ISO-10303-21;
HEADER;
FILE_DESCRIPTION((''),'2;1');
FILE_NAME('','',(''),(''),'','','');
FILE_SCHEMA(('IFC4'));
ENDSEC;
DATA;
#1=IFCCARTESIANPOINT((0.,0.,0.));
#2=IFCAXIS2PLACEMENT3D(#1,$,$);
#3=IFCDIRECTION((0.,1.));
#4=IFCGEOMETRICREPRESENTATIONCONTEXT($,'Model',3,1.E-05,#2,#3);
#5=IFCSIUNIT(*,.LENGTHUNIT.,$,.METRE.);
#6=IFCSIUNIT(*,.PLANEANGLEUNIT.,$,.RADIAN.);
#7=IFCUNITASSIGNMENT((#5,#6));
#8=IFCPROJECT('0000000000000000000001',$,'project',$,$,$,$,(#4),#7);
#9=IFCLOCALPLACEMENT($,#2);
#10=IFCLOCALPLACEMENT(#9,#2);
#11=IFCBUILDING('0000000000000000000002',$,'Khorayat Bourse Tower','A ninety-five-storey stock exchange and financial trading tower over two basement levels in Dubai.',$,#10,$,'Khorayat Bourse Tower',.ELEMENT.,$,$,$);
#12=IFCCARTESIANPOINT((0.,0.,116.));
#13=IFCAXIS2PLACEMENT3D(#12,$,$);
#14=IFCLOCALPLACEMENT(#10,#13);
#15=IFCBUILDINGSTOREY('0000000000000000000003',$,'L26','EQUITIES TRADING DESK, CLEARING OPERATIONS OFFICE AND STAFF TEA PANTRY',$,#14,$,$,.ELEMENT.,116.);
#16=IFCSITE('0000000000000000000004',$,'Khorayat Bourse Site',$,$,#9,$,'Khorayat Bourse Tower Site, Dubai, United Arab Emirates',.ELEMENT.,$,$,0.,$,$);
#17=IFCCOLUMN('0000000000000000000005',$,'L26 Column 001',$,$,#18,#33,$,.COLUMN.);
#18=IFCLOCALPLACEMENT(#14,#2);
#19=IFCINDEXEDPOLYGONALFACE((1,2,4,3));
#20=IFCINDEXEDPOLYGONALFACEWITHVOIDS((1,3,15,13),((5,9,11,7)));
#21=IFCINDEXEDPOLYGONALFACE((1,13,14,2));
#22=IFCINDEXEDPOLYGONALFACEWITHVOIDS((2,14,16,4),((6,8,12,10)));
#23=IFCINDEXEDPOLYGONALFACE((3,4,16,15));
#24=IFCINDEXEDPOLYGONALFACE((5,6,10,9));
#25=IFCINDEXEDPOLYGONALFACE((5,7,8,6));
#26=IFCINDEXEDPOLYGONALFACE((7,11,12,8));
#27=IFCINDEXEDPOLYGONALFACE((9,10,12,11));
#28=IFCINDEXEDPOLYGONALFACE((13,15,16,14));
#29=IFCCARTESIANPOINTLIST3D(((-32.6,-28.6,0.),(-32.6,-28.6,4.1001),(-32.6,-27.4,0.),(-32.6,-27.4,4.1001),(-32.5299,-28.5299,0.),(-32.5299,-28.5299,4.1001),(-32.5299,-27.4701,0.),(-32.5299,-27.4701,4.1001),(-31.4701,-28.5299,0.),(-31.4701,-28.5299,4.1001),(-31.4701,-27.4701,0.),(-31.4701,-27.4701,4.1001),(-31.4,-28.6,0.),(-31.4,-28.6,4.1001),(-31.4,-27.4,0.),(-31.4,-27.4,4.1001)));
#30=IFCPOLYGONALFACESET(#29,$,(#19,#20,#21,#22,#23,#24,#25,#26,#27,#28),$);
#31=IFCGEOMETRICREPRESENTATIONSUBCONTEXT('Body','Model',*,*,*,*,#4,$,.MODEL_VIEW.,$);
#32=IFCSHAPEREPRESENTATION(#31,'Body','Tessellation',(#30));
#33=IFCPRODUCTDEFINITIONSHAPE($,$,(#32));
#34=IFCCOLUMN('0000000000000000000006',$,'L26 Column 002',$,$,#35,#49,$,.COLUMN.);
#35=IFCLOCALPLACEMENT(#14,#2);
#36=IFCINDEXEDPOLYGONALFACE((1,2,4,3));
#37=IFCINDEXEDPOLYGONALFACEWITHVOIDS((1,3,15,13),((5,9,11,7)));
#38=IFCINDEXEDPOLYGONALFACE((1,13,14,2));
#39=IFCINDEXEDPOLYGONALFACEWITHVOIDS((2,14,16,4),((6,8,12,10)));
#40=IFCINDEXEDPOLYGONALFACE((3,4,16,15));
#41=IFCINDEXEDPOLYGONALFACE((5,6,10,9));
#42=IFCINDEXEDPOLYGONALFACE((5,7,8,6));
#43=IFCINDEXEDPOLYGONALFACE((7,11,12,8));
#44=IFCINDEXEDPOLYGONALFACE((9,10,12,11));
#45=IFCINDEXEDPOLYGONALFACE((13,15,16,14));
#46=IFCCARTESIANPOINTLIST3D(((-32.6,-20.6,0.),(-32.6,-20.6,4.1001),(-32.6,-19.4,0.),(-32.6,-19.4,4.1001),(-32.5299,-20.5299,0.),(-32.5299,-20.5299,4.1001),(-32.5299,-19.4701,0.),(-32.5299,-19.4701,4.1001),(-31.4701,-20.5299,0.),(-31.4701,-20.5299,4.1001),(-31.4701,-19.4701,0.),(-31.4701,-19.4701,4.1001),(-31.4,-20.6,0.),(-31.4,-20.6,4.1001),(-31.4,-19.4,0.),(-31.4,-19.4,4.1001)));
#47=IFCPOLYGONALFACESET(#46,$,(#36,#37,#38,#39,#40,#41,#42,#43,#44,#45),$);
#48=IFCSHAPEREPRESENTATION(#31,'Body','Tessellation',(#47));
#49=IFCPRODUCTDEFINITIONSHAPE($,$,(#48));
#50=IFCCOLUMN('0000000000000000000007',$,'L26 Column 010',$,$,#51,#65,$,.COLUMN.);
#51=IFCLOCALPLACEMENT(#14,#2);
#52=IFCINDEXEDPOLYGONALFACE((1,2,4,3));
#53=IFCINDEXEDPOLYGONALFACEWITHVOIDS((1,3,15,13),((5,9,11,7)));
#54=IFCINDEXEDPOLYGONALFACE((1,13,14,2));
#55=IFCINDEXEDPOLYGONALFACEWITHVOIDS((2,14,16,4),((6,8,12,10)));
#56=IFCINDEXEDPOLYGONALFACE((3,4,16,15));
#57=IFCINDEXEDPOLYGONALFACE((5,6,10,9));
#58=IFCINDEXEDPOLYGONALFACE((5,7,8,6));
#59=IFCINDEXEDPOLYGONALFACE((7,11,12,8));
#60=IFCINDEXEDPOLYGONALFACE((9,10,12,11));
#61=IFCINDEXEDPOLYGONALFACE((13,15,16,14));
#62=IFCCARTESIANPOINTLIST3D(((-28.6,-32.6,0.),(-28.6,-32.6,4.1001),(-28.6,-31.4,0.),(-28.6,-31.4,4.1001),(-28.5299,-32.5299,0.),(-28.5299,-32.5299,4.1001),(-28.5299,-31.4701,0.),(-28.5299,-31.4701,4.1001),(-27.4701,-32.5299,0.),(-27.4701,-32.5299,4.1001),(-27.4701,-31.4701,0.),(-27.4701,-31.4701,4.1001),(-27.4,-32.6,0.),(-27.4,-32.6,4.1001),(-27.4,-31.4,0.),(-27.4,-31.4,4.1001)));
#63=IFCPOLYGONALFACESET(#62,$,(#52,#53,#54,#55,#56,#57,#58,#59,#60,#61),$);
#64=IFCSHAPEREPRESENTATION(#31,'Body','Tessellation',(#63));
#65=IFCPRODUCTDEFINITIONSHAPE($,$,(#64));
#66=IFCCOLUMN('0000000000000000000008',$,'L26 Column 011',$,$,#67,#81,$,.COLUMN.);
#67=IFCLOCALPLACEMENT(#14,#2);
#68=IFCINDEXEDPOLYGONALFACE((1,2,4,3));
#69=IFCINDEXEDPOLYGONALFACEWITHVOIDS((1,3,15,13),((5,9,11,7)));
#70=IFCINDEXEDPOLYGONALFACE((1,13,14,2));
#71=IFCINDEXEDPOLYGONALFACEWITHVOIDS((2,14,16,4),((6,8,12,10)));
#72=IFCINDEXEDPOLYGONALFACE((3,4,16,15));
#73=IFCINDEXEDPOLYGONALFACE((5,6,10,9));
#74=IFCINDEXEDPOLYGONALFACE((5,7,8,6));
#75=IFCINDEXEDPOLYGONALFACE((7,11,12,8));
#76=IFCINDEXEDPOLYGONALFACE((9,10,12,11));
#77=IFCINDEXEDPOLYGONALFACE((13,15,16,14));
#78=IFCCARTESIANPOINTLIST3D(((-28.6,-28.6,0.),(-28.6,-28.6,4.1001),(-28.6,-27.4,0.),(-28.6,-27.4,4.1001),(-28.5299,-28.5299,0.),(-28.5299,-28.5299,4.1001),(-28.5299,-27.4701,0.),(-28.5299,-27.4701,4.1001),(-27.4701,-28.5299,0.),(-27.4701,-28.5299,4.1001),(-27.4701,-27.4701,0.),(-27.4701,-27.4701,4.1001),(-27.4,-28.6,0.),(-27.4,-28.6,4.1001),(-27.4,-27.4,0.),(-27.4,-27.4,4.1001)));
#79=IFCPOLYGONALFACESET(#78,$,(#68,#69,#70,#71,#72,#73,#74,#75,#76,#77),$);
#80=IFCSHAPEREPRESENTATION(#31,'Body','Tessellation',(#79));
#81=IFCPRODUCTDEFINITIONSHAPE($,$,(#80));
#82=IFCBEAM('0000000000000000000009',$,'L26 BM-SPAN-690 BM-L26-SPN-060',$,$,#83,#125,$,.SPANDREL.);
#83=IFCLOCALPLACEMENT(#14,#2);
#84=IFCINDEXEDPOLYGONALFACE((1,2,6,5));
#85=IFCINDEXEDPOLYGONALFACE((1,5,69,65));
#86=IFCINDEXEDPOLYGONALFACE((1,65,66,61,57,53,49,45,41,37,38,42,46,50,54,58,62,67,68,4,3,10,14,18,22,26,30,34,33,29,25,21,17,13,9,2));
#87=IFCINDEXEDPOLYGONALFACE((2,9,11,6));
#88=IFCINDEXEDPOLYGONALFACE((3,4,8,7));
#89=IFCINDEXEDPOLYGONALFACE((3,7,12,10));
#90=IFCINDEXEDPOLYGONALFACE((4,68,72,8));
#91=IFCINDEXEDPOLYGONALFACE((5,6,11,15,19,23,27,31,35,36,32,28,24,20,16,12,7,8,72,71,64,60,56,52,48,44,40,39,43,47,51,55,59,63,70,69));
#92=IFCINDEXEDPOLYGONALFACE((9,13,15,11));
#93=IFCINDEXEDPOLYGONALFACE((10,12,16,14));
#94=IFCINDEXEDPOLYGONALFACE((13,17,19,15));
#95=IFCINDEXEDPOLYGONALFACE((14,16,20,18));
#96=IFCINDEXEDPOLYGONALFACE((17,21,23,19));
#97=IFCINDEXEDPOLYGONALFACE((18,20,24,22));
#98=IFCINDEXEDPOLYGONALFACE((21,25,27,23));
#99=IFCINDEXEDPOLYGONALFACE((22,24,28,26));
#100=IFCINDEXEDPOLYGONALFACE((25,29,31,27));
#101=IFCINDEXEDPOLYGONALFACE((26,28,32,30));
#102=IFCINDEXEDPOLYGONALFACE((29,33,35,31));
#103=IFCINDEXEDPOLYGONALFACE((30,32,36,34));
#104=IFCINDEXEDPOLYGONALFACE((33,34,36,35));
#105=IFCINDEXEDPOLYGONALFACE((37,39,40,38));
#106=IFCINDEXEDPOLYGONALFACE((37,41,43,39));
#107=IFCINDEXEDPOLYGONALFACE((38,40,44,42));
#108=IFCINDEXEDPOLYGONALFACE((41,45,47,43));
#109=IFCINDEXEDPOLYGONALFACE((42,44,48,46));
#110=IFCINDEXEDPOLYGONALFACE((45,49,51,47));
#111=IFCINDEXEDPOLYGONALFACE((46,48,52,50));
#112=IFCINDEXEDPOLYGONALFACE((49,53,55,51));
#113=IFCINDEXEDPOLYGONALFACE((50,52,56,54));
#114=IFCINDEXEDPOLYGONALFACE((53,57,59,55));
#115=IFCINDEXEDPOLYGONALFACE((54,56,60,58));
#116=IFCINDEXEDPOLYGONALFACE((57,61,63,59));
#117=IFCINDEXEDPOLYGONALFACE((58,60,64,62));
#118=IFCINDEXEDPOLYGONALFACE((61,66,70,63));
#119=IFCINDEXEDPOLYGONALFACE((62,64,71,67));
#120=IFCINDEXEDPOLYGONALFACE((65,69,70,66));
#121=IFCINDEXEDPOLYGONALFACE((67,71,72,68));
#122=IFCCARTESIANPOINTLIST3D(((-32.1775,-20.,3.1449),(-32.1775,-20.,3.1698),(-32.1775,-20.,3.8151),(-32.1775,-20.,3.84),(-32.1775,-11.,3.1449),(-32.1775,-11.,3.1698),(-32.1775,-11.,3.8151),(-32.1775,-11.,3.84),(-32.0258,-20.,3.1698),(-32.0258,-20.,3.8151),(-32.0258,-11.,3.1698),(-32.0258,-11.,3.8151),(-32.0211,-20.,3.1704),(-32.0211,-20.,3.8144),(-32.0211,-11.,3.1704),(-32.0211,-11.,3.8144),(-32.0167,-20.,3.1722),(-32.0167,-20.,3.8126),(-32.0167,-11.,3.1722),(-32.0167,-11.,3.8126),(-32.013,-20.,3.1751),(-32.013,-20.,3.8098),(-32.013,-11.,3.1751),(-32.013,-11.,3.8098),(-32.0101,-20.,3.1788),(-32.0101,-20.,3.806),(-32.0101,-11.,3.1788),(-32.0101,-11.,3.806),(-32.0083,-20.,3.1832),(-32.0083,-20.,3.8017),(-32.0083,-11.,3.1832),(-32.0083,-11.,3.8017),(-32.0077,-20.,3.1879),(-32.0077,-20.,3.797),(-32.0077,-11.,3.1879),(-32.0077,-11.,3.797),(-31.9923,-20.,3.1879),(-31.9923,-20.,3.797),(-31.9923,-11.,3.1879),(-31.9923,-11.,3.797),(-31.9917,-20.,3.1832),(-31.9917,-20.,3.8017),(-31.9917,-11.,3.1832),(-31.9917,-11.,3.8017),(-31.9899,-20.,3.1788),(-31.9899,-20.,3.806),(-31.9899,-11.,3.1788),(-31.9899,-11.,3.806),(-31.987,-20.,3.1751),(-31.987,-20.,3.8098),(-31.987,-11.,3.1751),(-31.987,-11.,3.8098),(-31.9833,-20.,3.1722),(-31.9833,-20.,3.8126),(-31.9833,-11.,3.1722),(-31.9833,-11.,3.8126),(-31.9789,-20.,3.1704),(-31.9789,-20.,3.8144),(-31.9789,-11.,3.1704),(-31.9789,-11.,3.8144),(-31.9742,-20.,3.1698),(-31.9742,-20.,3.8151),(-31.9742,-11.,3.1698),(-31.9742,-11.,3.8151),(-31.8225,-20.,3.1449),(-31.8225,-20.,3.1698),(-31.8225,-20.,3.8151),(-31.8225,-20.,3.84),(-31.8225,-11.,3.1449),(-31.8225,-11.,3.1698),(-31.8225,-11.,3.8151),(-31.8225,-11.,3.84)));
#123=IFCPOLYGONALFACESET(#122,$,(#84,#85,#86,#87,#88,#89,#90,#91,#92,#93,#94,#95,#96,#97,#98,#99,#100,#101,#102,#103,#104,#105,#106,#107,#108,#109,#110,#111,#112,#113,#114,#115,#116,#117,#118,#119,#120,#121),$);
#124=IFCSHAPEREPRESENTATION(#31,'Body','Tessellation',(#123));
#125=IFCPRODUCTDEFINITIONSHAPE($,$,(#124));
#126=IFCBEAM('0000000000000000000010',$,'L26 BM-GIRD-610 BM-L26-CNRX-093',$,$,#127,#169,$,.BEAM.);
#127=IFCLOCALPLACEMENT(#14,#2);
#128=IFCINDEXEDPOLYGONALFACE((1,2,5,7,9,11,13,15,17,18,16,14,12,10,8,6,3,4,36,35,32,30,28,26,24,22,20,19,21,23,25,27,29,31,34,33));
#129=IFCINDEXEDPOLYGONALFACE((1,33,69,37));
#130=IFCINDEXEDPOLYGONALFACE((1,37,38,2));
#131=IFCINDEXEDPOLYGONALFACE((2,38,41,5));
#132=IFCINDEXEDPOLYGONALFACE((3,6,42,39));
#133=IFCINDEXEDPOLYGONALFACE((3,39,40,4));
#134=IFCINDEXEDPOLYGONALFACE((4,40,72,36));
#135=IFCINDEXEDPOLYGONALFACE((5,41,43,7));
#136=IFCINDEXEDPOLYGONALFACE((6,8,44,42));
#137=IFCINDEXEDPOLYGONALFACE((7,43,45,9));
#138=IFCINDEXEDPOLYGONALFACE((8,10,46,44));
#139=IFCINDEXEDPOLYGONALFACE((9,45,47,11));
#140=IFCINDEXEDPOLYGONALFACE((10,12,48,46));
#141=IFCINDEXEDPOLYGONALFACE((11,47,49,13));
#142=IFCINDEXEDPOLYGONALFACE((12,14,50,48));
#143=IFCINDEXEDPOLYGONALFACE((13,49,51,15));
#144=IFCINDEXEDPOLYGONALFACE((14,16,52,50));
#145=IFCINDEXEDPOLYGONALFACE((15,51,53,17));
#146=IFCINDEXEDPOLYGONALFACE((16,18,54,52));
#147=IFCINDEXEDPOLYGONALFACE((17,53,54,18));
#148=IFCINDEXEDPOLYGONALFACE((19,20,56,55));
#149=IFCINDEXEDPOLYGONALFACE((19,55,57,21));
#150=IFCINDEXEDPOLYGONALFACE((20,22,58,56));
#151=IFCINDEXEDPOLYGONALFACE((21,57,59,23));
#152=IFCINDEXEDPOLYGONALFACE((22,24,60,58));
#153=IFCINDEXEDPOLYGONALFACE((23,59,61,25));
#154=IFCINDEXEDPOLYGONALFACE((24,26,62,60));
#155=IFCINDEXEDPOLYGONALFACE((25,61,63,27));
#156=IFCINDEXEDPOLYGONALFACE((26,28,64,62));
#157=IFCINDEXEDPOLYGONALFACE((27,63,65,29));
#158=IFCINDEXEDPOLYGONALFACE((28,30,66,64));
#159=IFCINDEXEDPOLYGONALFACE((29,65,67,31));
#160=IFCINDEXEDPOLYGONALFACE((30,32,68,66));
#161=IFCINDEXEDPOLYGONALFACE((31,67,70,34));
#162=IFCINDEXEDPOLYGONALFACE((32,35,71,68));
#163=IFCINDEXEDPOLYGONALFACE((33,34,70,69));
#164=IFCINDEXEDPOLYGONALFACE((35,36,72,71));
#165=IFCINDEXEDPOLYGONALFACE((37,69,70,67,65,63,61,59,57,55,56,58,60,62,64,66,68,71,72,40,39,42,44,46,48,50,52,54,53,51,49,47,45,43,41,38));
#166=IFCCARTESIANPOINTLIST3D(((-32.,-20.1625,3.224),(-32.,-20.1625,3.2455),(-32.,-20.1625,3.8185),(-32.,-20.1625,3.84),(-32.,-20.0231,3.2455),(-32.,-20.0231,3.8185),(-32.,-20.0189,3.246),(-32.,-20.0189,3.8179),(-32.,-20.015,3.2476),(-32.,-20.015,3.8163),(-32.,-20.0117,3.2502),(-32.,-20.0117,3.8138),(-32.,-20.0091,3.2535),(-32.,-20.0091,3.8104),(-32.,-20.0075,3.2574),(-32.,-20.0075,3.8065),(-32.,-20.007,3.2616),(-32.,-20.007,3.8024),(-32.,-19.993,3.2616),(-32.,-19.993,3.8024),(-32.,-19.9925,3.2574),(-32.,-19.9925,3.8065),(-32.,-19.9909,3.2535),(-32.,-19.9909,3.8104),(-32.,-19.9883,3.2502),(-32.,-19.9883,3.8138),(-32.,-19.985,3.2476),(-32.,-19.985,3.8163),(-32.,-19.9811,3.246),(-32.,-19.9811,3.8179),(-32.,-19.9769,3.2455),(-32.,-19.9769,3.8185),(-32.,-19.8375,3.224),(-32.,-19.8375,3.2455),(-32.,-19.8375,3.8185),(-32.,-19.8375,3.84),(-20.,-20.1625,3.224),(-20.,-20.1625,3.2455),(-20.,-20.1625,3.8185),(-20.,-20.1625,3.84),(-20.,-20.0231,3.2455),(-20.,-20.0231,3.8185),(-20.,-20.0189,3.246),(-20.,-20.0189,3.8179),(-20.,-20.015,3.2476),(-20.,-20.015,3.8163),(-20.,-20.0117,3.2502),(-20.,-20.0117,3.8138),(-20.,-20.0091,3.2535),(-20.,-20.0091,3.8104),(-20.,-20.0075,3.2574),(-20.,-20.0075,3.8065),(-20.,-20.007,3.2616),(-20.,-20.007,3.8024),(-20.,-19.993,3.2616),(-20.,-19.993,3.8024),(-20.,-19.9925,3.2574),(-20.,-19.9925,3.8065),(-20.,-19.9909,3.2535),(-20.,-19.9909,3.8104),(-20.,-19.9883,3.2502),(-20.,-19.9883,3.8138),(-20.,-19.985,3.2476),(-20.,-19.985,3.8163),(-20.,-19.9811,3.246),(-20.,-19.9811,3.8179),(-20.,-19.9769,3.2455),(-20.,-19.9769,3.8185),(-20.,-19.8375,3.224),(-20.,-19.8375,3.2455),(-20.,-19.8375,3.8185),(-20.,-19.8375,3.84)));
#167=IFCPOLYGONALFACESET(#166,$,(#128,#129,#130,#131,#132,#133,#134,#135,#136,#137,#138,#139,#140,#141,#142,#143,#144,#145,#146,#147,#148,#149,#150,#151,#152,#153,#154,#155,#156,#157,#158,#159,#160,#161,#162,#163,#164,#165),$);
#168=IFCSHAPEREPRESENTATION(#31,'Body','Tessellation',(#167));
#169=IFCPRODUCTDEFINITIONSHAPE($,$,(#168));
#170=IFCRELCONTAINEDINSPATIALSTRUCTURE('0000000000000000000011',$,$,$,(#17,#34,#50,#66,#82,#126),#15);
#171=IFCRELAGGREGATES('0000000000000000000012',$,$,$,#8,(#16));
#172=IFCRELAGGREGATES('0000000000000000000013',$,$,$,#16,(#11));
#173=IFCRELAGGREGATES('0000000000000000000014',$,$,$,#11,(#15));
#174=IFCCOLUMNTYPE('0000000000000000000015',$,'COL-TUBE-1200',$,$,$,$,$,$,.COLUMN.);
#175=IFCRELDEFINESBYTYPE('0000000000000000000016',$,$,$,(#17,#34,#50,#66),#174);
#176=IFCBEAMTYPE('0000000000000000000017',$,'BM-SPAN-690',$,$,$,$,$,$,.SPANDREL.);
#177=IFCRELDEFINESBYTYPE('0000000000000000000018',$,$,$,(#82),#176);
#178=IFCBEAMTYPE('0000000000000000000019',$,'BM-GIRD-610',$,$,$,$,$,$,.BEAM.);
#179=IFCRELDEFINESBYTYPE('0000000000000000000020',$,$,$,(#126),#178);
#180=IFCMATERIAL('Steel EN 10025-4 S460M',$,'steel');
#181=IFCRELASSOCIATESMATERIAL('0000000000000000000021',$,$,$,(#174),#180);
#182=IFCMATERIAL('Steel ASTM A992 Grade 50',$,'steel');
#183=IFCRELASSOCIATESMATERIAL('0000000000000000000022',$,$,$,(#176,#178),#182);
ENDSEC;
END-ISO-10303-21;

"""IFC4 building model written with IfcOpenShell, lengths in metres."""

from ifc_helpers import new_model, si_unit, direction, frame, origin, origin_2d, place, context, subcontext, project, spatial, hollow_rectangle, i_section, extrude, source, transform, mapped, material, material_profile, profile_set, type_object, element, save


model = new_model("IFC4")

# Units and contexts
model_context = context("Model", 3, precision=1e-05, world=origin(), true_north=direction((0.0, 1.0)))
body_context = subcontext(model_context, "Body", "Model", "MODEL_VIEW")
ifc_project = project(units=[si_unit("LENGTHUNIT", "METRE"), si_unit("PLANEANGLEUNIT", "RADIAN")], contexts=[model_context])

# Site, building, storey
site_placement = place(None, origin())
site = spatial("IfcSite", under=ifc_project, at=site_placement, Name="Khorayat Bourse Site", LongName="Khorayat Bourse Tower Site, Dubai, United Arab Emirates", CompositionType="ELEMENT", RefElevation=0.0)
building_placement = place(site_placement, origin())
building = spatial("IfcBuilding", under=site, at=building_placement, Name="Khorayat Bourse Tower", Description="A ninety-five-storey stock exchange and financial trading tower over two basement levels in Dubai.", LongName="Khorayat Bourse Tower", CompositionType="ELEMENT")
storey_placement = place(building_placement, frame((0.0, 0.0, 116.0)))
storey = spatial("IfcBuildingStorey", under=building, at=storey_placement, Name="L26", Description="EQUITIES TRADING DESK, CLEARING OPERATIONS OFFICE AND STAFF TEA PANTRY", CompositionType="ELEMENT", Elevation=116.0)

# Columns
ifc_material_1 = material(Name="Steel EN 10025-4 S460M", Category="steel")
ifc_material_profile_1 = material_profile(ifc_material_1, hollow_rectangle(XDim=1.2, YDim=1.2, WallThickness=0.0701, at=origin_2d()), Name="BOX 1200x1200x70")
ifc_profile_set_1 = profile_set([ifc_material_profile_1], Name="Steel EN 10025-4 S460M")
column_type = type_object("IfcColumnType", Name="COL-TUBE-1200", PredefinedType="COLUMN", material=ifc_profile_set_1)
shared_shape_1 = source(origin(), body_context, "Body", "SweptSolid", [
    extrude(hollow_rectangle(XDim=1.2, YDim=1.2, WallThickness=0.0701, at=origin_2d()), origin(), (0.0, 0.0, 1.0), 4.1001),
])
for number, where, z_axis, x_axis, name in (
    (1, (-32.0, -28.0, 0.0), (0.0, 0.0, 1.0), (1.0, 0.0, 0.0), "L26 Column 001"),
    (2, (-32.0, -20.0, 0.0), (0.0, 0.0, 1.0), (1.0, 0.0, 0.0), "L26 Column 002"),
    (3, (-28.0, -32.0, 0.0), (0.0, 0.0, 1.0), (1.0, 0.0, 0.0), "L26 Column 010"),
    (4, (-28.0, -28.0, 0.0), (0.0, 0.0, 1.0), (1.0, 0.0, 0.0), "L26 Column 011"),
):
    element("IfcColumn", number, at=place(storey_placement, frame(where, z_axis=z_axis, x_axis=x_axis)), inside=storey, type_object=column_type, Name=name, PredefinedType="COLUMN", context=body_context, shape_type="MappedRepresentation", body=[
        mapped(shared_shape_1, transform((0.0, 0.0, 0.0), scale=1.0)),
    ])

# Beams
ifc_material_2 = material(Name="Steel ASTM A992 Grade 50", Category="steel")
ifc_material_profile_2 = material_profile(ifc_material_2, i_section(OverallWidth=0.355, OverallDepth=0.6951, WebThickness=0.0154, FlangeThickness=0.0249, FilletRadius=0.0181, at=origin_2d()), Name="W690X217")
ifc_profile_set_2 = profile_set([ifc_material_profile_2], Name="Steel ASTM A992 Grade 50")
beam_type_1 = type_object("IfcBeamType", Name="BM-SPAN-690", PredefinedType="SPANDREL", material=ifc_profile_set_2)
shared_shape_2 = source(origin(), body_context, "Body", "SweptSolid", [
    extrude(i_section(OverallWidth=0.355, OverallDepth=0.6951, WebThickness=0.0154, FlangeThickness=0.0249, FilletRadius=0.0181, at=origin_2d()), origin(), (0.0, 0.0, 1.0), 9.0),
])
beam_1_placement = place(storey_placement, frame((-32.0, -20.0, 3.4924), z_axis=(0.0, 1.0, 0.0), x_axis=(-1.0, 0.0, 0.0)))
element("IfcBeam", 5, at=beam_1_placement, inside=storey, type_object=beam_type_1, Name="L26 BM-SPAN-690 BM-L26-SPN-060", PredefinedType="SPANDREL", context=body_context, shape_type="MappedRepresentation", body=[
    mapped(shared_shape_2, transform((0.0, 0.0, 0.0), scale=1.0)),
])
ifc_material_profile_3 = material_profile(ifc_material_2, i_section(OverallWidth=0.325, OverallDepth=0.616, WebThickness=0.0139, FlangeThickness=0.0215, FilletRadius=0.0161, at=origin_2d()), Name="W610X174")
ifc_profile_set_3 = profile_set([ifc_material_profile_3], Name="Steel ASTM A992 Grade 50")
beam_type_2 = type_object("IfcBeamType", Name="BM-GIRD-610", PredefinedType="BEAM", material=ifc_profile_set_3)
shared_shape_3 = source(origin(), body_context, "Body", "SweptSolid", [
    extrude(i_section(OverallWidth=0.325, OverallDepth=0.616, WebThickness=0.0139, FlangeThickness=0.0215, FilletRadius=0.0161, at=origin_2d()), origin(), (0.0, 0.0, 1.0), 12.0),
])
beam_2_placement = place(storey_placement, frame((-32.0, -20.0, 3.532), z_axis=(1.0, 0.0, 0.0), x_axis=(0.0, 1.0, 0.0)))
element("IfcBeam", 6, at=beam_2_placement, inside=storey, type_object=beam_type_2, Name="L26 BM-GIRD-610 BM-L26-CNRX-093", PredefinedType="BEAM", context=body_context, shape_type="MappedRepresentation", body=[
    mapped(shared_shape_3, transform((0.0, 0.0, 0.0), scale=1.0)),
])

save(model, "model.ifc")
